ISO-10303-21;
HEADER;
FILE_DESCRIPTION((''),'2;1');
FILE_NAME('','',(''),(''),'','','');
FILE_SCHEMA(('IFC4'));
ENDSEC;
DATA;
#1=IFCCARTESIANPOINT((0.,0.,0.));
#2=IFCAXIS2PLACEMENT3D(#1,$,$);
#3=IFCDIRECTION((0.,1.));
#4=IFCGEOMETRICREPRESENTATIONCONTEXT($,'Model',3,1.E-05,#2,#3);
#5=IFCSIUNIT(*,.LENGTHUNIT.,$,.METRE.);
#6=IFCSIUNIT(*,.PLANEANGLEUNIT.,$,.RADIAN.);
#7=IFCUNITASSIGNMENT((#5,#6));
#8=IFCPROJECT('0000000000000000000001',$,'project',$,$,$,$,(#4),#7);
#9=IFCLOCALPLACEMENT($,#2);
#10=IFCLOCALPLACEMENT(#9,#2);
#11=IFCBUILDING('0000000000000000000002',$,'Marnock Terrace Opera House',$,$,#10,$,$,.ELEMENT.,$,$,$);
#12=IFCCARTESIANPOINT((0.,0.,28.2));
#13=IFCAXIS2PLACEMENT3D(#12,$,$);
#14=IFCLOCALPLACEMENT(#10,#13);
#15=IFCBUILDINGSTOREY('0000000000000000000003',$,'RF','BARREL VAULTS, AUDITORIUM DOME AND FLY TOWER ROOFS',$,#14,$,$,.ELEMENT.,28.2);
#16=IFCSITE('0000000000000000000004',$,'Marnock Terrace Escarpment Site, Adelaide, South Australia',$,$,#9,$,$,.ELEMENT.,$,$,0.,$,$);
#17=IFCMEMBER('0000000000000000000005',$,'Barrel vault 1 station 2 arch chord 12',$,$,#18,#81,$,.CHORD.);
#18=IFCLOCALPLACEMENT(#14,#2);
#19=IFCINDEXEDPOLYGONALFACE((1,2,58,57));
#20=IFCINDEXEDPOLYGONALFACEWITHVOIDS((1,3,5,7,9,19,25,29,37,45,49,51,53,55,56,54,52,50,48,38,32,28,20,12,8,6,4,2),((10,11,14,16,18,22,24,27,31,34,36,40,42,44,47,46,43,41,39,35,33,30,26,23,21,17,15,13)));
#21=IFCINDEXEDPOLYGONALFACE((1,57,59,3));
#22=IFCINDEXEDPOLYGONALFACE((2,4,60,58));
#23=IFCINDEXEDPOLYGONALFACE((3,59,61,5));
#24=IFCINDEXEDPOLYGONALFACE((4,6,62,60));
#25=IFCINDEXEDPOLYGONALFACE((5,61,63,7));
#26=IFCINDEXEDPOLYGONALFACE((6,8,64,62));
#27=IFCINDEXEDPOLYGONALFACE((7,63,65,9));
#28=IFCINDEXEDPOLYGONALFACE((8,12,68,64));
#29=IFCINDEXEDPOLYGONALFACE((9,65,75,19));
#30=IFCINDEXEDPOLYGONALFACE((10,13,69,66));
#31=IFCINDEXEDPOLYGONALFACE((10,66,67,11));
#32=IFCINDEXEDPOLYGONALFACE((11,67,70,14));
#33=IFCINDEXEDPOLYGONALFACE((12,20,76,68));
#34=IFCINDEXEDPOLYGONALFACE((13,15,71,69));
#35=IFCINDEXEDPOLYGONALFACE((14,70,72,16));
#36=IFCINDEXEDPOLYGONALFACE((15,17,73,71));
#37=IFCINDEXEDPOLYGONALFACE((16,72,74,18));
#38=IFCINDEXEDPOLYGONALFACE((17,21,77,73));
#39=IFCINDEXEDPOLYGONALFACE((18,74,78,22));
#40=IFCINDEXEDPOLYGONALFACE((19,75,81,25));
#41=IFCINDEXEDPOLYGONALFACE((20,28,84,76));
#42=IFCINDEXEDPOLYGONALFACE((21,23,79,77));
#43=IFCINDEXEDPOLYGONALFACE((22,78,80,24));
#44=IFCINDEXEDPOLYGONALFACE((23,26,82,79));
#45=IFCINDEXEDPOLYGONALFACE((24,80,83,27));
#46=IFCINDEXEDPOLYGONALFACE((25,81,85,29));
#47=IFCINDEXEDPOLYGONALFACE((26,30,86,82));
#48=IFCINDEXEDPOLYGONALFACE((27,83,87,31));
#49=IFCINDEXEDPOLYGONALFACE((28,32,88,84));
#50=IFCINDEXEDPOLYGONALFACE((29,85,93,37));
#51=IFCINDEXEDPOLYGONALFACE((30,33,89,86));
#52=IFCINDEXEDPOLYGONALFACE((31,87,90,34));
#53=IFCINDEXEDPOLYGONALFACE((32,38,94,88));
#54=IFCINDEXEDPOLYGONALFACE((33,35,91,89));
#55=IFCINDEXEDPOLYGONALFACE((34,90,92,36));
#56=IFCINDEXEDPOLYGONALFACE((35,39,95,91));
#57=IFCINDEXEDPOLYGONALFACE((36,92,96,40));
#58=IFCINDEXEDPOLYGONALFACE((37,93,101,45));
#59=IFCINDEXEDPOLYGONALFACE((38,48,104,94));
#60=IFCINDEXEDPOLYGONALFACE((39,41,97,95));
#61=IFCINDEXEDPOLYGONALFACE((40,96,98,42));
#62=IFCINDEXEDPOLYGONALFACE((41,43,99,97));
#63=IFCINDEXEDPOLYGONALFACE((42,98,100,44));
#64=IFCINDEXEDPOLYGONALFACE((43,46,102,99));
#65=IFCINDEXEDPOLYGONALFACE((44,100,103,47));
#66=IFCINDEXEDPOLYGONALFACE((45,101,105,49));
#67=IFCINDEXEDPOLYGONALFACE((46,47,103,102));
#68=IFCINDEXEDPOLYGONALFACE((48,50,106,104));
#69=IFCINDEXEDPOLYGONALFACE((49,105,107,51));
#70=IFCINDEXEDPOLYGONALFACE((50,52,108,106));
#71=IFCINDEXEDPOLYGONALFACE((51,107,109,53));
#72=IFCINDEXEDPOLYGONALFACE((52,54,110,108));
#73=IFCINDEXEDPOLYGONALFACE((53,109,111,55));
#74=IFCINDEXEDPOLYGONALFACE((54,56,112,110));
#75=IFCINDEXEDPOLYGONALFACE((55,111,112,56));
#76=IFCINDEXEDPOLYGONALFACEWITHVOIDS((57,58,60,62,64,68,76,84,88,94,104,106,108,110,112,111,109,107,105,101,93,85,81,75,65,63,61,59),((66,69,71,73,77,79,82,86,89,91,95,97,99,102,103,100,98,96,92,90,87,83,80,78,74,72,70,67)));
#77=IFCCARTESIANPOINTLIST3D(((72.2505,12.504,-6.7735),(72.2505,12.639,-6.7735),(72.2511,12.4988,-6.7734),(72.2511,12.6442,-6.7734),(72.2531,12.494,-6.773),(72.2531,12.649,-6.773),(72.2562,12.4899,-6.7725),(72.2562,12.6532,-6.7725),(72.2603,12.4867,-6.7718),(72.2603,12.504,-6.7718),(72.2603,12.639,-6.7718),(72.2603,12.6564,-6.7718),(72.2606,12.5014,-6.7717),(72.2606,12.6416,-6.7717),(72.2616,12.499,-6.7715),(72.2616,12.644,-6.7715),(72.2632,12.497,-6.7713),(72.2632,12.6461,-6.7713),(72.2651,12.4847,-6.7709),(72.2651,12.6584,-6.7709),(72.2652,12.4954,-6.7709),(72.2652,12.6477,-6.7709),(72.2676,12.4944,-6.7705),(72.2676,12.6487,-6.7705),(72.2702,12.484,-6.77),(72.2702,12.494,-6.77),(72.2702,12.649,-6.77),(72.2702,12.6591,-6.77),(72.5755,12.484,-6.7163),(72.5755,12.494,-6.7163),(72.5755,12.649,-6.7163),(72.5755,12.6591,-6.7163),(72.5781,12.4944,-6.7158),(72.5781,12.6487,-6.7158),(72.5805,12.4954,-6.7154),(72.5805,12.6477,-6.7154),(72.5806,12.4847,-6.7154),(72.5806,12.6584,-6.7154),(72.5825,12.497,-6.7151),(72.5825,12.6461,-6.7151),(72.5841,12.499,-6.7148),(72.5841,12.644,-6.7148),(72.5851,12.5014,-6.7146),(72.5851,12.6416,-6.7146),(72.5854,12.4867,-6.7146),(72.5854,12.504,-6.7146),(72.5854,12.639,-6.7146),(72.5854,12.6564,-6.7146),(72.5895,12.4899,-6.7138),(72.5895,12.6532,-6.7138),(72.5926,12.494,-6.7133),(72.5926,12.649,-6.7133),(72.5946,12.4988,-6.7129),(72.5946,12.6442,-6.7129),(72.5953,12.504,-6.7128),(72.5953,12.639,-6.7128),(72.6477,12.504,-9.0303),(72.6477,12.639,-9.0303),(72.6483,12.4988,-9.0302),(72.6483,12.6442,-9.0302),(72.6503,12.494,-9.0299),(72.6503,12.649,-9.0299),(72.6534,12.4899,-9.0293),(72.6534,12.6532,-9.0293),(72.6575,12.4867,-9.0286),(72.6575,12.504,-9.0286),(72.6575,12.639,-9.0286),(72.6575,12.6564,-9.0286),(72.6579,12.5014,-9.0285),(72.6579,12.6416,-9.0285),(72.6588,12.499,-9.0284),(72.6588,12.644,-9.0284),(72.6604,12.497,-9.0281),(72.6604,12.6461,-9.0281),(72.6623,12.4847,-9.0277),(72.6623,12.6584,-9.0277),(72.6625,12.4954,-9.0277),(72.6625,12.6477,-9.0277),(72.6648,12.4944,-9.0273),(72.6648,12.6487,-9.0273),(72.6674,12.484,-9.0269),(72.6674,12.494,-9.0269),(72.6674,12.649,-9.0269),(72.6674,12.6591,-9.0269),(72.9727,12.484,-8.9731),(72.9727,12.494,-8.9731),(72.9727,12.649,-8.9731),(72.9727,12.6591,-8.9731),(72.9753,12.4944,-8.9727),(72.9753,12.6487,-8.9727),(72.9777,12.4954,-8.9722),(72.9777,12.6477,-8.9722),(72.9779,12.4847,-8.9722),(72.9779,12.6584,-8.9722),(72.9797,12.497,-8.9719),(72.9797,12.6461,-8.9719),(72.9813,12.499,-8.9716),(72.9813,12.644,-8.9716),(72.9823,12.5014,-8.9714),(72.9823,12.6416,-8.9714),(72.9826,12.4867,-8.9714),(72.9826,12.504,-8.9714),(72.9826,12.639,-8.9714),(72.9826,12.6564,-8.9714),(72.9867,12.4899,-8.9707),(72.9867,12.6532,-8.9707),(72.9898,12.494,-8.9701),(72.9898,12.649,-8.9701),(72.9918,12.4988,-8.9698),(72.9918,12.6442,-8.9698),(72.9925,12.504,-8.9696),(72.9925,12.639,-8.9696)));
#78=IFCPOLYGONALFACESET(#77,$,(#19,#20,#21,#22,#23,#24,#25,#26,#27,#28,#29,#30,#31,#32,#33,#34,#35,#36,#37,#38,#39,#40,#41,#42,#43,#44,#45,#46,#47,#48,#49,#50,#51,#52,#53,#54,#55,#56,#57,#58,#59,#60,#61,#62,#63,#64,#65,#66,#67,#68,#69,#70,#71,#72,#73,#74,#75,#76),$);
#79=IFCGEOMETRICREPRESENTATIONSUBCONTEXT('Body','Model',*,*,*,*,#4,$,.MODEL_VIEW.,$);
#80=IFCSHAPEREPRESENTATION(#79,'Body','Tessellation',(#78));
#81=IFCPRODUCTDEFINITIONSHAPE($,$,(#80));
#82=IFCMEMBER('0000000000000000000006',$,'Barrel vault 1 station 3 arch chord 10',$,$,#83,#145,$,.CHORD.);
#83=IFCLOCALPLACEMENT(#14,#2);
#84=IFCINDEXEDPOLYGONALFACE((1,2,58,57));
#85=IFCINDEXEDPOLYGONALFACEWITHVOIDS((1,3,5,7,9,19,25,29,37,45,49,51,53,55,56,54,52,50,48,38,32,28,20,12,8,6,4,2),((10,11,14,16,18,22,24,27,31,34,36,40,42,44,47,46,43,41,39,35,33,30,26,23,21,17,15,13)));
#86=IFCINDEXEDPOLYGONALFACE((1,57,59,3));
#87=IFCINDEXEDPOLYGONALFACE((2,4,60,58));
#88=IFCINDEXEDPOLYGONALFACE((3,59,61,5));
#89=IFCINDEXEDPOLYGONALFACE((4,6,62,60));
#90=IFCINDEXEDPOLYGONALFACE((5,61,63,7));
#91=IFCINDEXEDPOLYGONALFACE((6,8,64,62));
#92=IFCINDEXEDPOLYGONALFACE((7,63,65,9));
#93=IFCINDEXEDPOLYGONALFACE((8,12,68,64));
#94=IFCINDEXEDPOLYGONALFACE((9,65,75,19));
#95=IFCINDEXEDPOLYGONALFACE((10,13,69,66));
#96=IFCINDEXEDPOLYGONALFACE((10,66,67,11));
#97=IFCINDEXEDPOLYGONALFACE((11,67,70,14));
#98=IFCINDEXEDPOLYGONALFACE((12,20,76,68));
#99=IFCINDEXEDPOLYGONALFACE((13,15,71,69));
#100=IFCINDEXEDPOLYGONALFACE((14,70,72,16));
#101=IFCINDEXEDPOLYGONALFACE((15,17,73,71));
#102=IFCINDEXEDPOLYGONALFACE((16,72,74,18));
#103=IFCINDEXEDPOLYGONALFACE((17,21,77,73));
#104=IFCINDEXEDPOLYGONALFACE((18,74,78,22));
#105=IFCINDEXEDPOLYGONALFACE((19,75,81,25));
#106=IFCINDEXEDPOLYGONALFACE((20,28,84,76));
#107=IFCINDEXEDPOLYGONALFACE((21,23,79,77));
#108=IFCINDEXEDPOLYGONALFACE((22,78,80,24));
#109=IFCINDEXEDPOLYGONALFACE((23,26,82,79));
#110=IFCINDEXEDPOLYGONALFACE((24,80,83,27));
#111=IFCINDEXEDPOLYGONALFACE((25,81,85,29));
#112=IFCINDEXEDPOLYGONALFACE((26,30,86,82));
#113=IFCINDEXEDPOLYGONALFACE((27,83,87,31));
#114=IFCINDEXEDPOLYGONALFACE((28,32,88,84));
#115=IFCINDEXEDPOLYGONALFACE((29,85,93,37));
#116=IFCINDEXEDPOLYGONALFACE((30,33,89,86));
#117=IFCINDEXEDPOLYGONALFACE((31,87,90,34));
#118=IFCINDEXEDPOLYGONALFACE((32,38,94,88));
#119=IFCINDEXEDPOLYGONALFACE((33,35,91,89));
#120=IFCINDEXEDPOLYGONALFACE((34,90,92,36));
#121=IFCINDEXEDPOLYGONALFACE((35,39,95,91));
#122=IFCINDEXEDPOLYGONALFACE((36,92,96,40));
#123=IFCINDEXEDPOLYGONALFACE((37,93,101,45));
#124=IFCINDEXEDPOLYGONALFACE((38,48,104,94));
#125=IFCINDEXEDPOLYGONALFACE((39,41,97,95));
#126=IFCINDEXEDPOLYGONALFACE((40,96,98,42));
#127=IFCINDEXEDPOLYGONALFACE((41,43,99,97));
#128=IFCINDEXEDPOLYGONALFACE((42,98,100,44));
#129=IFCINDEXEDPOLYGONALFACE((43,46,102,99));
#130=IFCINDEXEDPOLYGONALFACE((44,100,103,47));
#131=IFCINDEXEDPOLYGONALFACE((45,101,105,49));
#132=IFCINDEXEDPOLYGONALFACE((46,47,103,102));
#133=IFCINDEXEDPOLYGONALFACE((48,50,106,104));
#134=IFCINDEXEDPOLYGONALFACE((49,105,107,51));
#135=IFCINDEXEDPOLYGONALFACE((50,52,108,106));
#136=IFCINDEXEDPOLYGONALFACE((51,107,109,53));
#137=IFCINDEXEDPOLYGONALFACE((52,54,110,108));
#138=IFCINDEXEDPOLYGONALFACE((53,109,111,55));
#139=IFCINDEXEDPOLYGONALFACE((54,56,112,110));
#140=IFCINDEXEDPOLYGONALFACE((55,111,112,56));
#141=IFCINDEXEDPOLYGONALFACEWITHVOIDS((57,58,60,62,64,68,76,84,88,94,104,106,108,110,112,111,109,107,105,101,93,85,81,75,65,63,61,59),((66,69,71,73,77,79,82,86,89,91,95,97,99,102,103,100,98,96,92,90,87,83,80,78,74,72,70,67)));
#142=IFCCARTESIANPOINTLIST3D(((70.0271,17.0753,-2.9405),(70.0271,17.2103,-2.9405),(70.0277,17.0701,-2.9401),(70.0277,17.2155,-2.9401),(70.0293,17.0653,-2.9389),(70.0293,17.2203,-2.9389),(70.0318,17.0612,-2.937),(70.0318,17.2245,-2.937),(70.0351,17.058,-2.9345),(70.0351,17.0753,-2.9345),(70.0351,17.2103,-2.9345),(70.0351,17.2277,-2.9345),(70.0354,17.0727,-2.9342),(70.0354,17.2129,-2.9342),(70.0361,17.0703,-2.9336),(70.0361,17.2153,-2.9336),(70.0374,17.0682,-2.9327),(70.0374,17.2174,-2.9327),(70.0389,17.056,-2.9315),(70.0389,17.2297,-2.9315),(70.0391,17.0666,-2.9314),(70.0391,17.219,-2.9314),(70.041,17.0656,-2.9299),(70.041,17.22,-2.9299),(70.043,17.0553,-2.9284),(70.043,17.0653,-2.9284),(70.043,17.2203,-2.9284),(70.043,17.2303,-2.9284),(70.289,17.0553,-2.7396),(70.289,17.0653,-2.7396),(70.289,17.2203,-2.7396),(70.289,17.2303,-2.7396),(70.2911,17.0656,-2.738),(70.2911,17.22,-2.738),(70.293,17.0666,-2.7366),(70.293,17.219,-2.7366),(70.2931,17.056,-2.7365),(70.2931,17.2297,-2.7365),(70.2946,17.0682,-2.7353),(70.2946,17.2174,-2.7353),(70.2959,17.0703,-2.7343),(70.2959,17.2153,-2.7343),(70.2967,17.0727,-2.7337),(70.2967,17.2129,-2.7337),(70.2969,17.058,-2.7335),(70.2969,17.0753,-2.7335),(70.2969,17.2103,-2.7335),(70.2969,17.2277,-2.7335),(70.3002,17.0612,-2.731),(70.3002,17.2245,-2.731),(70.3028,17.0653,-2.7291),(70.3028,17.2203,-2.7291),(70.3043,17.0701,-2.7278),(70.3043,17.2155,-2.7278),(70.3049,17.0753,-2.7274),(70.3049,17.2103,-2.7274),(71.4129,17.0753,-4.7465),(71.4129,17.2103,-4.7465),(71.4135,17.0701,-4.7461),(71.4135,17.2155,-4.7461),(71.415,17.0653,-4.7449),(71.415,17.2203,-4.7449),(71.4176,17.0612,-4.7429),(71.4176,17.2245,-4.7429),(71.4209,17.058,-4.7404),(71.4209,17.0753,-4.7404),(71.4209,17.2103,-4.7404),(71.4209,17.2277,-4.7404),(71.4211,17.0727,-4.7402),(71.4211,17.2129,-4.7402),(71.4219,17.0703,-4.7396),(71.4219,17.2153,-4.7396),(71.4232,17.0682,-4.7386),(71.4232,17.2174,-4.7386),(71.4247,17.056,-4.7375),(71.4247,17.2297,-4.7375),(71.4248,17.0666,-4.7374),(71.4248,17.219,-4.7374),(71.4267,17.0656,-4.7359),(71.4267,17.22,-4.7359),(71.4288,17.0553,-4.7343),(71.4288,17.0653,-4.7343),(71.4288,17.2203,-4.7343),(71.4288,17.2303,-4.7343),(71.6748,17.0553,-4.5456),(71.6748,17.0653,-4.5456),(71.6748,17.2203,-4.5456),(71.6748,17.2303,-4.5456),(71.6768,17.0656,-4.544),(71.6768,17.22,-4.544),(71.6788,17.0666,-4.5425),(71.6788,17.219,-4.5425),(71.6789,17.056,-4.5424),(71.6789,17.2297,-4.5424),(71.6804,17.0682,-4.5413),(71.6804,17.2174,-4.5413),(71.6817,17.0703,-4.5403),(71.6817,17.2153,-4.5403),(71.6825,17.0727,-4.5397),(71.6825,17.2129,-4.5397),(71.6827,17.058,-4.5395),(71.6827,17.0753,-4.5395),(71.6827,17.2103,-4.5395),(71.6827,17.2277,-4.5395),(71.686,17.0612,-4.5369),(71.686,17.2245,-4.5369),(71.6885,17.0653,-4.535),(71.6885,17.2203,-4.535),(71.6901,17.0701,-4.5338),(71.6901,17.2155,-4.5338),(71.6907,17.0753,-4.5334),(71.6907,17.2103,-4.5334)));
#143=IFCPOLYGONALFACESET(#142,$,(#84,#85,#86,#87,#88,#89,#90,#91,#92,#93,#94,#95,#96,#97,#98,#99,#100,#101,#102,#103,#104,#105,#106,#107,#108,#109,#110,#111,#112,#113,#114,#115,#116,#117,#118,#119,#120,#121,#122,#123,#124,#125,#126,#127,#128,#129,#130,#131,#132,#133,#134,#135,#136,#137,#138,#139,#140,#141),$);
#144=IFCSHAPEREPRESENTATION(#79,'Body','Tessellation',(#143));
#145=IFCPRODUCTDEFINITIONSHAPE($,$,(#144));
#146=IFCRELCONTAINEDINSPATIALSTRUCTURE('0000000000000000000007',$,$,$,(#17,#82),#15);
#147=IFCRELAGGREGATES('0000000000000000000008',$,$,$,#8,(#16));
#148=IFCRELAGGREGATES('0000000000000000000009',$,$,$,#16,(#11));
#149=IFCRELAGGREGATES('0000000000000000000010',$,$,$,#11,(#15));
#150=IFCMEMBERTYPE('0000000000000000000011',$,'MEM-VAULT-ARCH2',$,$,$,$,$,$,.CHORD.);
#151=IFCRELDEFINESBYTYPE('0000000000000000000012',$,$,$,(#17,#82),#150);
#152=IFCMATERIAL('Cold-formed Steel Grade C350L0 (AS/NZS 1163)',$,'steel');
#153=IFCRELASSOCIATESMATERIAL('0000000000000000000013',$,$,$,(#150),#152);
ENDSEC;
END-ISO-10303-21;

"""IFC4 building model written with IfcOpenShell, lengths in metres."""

from ifc_helpers import new_model, si_unit, direction, frame, origin, origin_2d, place, context, subcontext, project, spatial, hollow_rectangle, extrude, material, material_profile, profile_set, type_object, element, save


model = new_model("IFC4")

# Units and contexts
model_context = context("Model", 3, precision=1e-05, world=origin(), true_north=direction((0.0, 1.0)))
body_context = subcontext(model_context, "Body", "Model", "MODEL_VIEW")
ifc_project = project(units=[si_unit("LENGTHUNIT", "METRE"), si_unit("PLANEANGLEUNIT", "RADIAN")], contexts=[model_context])

# Site, building, storey
site_placement = place(None, origin())
site = spatial("IfcSite", under=ifc_project, at=site_placement, Name="Marnock Terrace Escarpment Site, Adelaide, South Australia", CompositionType="ELEMENT", RefElevation=0.0)
building_placement = place(site_placement, origin())
building = spatial("IfcBuilding", under=site, at=building_placement, Name="Marnock Terrace Opera House", CompositionType="ELEMENT")
storey_placement = place(building_placement, frame((0.0, 0.0, 28.2)))
storey = spatial("IfcBuildingStorey", under=building, at=storey_placement, Name="RF", Description="BARREL VAULTS, AUDITORIUM DOME AND FLY TOWER ROOFS", CompositionType="ELEMENT", Elevation=28.2)

# Members
ifc_material = material(Name="Cold-formed Steel Grade C350L0 (AS/NZS 1163)", Category="steel")
ifc_material_profile_1 = material_profile(ifc_material, hollow_rectangle(XDim=0.175, YDim=0.3501, WallThickness=0.01, InnerFilletRadius=0.01, OuterFilletRadius=0.02, at=origin_2d()))
ifc_profile_set_1 = profile_set([ifc_material_profile_1], Name="Cold-formed Steel Grade C350L0 (AS/NZS 1163)")
member_type_1 = type_object("IfcMemberType", Name="MEM-VAULT-ARCH2", PredefinedType="CHORD", material=ifc_profile_set_1)
member_1_placement = place(storey_placement, frame((72.4229, 12.5715, -6.7432), z_axis=(0.173342, 0.0, -0.984862), x_axis=(0.0, 1.0, 0.0)))
element("IfcMember", 1, at=member_1_placement, inside=storey, type_object=member_type_1, Name="Barrel vault 1 station 2 arch chord 12", PredefinedType="CHORD", context=body_context, shape_type="SweptSolid", body=[
    extrude(hollow_rectangle(XDim=0.175, YDim=0.3501, WallThickness=0.01, InnerFilletRadius=0.01, OuterFilletRadius=0.02, at=origin_2d()), origin(), (0.0, 0.0, 1.0), 2.2915),
])
member_2_placement = place(storey_placement, frame((70.166, 17.1428, -2.834), z_axis=(0.608767, 0.0, -0.793349), x_axis=(0.0, 1.0, 0.0)))
element("IfcMember", 2, at=member_2_placement, inside=storey, type_object=member_type_1, Name="Barrel vault 1 station 3 arch chord 10", PredefinedType="CHORD", context=body_context, shape_type="SweptSolid", body=[
    extrude(hollow_rectangle(XDim=0.175, YDim=0.3501, WallThickness=0.01, InnerFilletRadius=0.01, OuterFilletRadius=0.02, at=origin_2d()), origin(), (0.0, 0.0, 1.0), 2.2764),
])

save(model, "model.ifc")
